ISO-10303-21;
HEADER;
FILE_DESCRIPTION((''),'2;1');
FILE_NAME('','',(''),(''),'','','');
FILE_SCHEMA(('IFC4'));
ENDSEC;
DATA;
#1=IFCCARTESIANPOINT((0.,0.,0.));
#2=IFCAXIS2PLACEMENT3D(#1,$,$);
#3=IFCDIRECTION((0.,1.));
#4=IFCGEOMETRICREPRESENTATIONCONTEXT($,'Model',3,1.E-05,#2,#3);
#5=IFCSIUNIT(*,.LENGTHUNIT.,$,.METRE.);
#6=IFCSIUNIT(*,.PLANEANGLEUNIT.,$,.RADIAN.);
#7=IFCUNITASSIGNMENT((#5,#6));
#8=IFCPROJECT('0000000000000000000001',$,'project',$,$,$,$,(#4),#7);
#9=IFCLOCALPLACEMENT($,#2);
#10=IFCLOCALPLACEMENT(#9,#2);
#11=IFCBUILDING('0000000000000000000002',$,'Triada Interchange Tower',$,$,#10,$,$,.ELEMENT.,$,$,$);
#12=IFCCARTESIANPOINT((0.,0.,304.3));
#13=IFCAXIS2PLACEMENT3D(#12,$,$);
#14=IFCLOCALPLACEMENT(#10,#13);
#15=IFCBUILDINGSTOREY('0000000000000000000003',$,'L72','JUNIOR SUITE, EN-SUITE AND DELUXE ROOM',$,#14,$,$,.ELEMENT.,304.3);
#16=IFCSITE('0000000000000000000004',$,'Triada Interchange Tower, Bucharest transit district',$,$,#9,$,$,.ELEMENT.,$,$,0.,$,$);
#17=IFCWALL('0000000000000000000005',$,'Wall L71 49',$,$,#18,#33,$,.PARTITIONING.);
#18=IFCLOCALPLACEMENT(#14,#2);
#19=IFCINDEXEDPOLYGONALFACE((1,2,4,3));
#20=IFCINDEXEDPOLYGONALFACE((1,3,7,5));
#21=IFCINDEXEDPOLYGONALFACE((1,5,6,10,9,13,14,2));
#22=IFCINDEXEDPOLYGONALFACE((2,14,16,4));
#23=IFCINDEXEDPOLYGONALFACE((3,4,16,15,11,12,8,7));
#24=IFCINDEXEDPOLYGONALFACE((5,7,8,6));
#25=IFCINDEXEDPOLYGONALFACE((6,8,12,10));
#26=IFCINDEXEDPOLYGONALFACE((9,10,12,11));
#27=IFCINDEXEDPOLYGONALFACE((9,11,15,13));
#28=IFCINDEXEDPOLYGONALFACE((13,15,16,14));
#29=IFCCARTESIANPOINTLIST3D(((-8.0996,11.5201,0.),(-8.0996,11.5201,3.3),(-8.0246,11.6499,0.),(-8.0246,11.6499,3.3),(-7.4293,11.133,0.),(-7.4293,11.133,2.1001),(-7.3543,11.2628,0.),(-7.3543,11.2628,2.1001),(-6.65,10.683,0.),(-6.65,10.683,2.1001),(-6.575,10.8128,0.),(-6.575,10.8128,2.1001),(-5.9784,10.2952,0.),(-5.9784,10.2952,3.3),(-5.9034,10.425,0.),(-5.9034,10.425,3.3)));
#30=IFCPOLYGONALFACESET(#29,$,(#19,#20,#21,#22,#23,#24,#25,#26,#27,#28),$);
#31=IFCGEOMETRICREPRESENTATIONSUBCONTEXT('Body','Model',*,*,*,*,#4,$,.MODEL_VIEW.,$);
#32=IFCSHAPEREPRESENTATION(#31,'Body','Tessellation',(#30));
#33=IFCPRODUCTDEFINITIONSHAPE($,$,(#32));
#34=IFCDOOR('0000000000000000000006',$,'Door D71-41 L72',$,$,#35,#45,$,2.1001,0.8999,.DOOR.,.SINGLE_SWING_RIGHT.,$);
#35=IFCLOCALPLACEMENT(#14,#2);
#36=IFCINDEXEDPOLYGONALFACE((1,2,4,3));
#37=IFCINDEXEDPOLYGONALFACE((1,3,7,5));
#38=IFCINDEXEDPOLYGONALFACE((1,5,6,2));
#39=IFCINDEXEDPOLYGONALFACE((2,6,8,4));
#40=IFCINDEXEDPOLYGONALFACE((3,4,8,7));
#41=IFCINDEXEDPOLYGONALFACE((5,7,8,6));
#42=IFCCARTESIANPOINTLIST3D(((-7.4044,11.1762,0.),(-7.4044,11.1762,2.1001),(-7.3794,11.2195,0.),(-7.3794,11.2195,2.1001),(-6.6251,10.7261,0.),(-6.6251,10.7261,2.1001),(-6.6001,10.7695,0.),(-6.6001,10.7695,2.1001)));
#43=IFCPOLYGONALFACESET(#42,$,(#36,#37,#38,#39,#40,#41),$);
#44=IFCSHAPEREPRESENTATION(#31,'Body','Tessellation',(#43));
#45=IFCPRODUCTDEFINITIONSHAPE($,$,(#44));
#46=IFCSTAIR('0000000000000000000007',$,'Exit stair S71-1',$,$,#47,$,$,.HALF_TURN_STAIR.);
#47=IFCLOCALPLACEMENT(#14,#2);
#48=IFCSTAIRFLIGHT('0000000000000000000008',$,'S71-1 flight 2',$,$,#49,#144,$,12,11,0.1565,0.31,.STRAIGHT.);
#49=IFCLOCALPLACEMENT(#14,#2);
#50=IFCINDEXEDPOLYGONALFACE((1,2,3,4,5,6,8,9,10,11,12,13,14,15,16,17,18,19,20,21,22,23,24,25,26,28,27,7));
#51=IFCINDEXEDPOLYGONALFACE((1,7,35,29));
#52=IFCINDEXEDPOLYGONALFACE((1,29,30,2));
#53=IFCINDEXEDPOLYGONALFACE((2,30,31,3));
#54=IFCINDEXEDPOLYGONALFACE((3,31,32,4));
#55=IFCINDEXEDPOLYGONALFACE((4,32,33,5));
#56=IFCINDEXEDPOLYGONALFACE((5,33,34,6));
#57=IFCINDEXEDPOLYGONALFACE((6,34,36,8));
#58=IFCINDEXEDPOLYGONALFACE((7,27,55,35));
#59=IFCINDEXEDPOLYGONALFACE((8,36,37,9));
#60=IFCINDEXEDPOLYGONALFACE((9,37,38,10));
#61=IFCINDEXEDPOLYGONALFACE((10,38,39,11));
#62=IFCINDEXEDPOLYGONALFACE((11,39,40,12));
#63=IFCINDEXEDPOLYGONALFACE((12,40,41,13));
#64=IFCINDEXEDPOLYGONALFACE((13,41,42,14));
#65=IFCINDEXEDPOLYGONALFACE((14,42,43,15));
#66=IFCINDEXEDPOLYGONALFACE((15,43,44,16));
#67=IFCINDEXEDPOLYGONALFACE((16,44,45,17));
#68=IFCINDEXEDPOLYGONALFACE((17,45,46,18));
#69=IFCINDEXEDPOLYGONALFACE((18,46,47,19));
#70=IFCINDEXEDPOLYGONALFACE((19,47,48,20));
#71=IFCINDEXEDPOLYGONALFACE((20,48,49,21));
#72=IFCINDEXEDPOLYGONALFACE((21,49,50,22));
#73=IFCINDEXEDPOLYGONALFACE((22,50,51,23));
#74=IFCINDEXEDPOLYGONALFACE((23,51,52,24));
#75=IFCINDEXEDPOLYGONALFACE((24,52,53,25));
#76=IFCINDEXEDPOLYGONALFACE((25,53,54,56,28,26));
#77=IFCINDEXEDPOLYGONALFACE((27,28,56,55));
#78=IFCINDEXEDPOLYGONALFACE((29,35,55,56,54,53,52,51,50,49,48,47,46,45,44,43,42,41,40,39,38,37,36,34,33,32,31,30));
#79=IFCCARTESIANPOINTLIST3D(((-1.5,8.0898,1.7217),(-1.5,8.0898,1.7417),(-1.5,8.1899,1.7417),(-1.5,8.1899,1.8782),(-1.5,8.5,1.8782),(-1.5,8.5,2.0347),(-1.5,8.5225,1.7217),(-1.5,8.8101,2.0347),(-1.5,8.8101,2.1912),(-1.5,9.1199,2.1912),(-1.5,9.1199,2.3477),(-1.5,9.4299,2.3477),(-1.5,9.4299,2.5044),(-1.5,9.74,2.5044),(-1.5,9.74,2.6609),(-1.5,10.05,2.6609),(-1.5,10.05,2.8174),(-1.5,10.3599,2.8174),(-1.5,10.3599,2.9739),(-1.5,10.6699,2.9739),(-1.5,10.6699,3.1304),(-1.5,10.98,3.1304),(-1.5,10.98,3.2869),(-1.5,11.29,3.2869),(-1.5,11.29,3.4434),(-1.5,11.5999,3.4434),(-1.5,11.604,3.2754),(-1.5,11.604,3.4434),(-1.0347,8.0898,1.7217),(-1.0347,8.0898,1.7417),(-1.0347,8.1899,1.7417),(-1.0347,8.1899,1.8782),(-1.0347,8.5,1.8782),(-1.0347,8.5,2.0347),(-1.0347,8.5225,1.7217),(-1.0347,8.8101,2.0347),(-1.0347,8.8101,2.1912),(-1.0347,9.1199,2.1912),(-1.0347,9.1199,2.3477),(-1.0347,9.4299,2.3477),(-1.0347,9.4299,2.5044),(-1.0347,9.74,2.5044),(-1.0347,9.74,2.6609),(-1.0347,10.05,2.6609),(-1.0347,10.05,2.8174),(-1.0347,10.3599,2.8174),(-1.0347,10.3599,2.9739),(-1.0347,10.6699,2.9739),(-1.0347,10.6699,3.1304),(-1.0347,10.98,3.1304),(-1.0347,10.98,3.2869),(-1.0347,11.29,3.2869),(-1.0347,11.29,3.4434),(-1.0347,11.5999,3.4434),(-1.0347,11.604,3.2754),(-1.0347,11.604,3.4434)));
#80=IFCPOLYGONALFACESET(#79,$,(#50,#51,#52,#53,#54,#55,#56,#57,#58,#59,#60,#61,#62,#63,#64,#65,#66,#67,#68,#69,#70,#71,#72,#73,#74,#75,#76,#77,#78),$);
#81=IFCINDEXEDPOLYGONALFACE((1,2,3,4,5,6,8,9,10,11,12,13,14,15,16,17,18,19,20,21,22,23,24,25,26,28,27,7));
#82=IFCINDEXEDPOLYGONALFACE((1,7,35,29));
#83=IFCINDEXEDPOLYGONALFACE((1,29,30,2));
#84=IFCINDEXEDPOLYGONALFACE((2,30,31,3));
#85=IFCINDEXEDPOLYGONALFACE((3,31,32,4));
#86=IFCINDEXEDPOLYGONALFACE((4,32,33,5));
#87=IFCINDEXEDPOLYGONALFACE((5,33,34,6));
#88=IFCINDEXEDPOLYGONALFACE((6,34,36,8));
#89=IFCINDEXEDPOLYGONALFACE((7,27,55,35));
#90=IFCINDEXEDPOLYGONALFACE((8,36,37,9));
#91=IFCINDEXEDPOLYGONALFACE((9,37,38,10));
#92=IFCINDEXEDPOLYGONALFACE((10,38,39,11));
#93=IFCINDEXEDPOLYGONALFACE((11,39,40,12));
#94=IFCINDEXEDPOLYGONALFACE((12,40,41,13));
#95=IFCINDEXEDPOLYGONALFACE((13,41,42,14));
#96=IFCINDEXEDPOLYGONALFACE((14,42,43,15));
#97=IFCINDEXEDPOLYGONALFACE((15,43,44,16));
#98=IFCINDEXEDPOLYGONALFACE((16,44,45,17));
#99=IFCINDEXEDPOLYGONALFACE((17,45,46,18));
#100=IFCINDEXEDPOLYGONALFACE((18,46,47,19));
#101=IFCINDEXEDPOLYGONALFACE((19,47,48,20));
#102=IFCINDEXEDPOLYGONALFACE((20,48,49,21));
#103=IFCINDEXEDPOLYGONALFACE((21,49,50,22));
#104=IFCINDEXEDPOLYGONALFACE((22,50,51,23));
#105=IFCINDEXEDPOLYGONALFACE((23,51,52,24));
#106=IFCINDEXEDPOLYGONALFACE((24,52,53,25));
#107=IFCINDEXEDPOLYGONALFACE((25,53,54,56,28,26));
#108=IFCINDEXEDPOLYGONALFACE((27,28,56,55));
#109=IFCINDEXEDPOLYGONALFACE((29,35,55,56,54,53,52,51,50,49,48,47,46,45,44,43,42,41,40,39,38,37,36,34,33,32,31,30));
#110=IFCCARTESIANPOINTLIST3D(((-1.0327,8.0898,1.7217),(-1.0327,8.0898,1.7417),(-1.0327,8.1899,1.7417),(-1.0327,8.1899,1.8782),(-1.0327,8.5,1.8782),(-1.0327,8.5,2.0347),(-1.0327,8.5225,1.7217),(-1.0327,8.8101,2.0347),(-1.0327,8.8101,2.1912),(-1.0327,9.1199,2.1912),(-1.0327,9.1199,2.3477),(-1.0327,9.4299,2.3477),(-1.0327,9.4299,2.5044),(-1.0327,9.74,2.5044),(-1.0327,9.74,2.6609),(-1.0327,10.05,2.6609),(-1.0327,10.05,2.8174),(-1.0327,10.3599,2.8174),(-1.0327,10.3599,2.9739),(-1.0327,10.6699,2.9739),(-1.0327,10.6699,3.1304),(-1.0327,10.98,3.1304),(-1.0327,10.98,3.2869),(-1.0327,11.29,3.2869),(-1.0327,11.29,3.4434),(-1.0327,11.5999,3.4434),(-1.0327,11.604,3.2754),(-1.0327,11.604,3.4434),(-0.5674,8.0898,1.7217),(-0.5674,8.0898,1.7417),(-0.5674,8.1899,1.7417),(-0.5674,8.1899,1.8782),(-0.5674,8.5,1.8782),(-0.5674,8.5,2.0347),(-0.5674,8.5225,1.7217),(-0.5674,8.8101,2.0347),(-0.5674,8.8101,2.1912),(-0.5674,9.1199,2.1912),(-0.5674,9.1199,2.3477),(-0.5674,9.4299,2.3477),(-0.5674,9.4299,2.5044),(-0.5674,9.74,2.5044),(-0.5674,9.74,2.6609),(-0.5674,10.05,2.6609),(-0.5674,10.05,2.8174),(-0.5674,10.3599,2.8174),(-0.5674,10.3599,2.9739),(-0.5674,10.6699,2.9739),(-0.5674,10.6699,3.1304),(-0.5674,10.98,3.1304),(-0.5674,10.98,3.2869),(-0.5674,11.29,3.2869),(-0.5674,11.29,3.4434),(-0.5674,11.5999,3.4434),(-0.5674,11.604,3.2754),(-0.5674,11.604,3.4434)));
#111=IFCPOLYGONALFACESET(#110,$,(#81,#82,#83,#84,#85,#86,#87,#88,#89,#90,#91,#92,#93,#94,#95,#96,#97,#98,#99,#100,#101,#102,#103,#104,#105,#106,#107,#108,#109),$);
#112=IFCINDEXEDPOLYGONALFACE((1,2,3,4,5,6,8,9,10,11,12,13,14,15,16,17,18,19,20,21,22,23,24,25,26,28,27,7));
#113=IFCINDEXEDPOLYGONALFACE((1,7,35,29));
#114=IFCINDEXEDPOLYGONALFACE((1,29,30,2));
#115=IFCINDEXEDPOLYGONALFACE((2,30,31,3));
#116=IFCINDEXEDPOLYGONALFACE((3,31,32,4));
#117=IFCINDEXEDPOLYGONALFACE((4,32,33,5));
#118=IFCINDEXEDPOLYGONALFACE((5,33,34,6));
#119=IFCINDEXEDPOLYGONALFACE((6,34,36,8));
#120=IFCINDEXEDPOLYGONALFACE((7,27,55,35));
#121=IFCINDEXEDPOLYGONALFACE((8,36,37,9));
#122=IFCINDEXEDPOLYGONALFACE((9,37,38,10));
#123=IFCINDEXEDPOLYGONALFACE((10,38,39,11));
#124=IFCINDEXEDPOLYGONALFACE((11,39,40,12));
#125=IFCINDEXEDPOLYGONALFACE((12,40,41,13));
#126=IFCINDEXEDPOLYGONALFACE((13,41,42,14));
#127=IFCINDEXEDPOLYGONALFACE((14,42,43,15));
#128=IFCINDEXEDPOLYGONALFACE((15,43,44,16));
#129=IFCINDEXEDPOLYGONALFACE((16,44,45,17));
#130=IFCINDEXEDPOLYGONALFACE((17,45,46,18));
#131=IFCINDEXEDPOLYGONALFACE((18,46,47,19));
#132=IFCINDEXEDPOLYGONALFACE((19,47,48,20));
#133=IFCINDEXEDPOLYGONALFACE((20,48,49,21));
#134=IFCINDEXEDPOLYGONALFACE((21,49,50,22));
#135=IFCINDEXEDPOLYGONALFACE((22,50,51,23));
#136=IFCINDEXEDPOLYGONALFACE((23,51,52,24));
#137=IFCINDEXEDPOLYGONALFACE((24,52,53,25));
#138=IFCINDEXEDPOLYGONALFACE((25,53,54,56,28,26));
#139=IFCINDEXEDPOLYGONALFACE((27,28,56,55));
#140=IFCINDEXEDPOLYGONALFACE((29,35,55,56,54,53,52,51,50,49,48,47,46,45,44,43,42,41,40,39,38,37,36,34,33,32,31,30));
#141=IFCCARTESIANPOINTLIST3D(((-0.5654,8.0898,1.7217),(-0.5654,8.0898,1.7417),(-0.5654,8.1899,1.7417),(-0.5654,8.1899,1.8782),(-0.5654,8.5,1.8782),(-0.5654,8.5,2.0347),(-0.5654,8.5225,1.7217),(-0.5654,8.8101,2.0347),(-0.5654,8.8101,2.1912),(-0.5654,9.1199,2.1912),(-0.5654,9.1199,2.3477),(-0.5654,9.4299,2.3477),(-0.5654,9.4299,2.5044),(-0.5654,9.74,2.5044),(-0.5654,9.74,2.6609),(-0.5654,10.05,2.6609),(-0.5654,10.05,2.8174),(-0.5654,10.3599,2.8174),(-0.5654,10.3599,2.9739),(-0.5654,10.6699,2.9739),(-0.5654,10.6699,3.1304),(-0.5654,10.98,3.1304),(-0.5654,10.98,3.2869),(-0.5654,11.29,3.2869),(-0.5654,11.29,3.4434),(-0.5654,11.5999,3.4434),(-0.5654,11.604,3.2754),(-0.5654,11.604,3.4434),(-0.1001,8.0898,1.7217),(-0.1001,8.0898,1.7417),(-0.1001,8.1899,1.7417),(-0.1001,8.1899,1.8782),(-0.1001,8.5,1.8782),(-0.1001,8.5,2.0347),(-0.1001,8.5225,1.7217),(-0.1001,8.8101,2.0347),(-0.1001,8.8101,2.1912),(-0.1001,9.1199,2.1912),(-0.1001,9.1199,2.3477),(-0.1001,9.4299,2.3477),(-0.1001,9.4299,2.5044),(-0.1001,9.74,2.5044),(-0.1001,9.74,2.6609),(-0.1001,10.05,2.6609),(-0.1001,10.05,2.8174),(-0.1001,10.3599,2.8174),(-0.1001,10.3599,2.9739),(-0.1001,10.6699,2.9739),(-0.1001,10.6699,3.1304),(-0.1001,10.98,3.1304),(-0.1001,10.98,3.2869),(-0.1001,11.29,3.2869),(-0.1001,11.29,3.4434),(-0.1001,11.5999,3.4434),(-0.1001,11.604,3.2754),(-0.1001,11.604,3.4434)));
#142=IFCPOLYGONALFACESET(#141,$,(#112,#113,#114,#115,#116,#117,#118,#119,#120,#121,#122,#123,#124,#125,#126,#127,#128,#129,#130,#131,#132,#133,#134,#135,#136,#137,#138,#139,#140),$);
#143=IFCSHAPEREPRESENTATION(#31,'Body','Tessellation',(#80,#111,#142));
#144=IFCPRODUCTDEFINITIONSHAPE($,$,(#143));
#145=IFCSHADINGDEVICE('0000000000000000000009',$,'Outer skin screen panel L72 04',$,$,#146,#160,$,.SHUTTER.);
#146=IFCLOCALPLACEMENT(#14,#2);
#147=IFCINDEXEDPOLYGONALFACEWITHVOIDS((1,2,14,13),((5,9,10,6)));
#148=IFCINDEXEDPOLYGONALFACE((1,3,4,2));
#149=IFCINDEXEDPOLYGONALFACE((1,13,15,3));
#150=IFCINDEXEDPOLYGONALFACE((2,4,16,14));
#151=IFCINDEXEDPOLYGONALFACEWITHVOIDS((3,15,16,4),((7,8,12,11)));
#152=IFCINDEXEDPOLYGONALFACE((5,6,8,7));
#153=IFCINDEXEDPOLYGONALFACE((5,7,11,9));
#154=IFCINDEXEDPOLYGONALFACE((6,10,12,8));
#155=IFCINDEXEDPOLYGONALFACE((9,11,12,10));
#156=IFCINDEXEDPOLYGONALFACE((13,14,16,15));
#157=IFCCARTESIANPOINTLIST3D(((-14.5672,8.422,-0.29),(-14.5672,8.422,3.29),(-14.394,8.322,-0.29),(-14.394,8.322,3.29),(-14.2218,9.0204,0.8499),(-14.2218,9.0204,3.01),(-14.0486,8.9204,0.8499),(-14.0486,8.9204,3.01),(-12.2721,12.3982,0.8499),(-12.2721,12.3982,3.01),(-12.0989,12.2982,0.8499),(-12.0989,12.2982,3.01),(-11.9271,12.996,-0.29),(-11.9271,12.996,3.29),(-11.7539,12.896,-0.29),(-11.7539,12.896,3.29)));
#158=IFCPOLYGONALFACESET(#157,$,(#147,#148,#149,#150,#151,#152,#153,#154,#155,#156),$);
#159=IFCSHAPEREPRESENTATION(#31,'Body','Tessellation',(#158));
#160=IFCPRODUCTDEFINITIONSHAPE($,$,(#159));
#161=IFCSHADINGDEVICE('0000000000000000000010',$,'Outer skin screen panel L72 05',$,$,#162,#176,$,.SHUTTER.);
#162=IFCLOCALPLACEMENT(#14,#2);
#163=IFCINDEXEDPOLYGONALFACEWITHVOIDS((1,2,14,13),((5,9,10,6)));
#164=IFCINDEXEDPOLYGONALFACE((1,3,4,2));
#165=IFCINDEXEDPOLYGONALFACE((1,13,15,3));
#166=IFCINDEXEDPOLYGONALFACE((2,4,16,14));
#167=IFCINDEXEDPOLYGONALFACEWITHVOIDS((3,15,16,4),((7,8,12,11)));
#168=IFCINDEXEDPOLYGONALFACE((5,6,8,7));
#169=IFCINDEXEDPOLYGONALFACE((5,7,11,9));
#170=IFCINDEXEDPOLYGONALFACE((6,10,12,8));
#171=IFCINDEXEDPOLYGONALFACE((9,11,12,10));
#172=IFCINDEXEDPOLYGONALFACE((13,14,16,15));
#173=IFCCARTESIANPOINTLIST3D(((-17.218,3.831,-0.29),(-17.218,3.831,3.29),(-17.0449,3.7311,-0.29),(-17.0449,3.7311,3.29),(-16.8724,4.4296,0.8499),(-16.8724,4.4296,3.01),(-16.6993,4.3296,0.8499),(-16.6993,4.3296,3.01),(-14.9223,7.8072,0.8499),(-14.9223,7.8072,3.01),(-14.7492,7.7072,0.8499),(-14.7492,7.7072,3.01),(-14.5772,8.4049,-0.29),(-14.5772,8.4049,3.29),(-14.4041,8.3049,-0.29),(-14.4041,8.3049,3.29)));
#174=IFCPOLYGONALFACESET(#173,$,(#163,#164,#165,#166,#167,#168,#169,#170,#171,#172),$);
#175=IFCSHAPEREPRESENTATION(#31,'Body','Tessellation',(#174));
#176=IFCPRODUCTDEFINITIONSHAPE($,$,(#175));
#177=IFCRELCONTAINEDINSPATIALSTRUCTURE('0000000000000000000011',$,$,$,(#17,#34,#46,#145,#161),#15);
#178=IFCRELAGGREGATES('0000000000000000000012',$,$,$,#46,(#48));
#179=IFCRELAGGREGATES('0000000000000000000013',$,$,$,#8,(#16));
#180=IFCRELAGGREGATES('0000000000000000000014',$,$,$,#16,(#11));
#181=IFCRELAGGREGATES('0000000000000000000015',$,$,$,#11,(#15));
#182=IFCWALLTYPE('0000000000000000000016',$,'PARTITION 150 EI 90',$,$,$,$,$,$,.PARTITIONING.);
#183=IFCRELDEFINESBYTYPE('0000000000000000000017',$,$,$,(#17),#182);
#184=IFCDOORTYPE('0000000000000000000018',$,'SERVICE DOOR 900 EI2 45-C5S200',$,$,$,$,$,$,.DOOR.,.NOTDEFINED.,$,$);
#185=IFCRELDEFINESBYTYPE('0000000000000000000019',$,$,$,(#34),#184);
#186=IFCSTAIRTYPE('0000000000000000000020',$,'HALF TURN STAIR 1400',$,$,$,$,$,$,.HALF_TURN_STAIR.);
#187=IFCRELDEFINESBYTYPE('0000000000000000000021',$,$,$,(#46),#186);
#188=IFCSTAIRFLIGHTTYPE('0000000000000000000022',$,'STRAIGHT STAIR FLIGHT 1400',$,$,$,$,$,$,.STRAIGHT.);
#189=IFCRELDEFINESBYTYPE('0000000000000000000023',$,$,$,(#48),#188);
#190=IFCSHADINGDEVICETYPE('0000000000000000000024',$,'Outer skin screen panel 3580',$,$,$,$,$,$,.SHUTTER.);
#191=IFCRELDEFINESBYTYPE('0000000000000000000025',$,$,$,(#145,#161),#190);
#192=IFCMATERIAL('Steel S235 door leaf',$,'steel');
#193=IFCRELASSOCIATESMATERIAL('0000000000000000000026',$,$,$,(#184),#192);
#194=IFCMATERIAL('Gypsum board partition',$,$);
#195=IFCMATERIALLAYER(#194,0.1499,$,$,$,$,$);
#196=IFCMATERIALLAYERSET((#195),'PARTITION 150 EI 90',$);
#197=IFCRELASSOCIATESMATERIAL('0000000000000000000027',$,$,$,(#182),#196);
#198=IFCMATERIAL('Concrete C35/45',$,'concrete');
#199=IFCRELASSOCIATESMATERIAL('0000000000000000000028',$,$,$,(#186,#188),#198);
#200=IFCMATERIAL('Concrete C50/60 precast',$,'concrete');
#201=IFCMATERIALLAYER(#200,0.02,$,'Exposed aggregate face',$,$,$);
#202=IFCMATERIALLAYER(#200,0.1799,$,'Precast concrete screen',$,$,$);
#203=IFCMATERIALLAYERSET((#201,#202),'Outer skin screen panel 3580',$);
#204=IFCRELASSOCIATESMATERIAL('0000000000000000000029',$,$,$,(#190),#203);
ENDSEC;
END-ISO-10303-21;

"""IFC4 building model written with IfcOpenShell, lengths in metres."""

from ifc_helpers import new_model, si_unit, direction, frame, frame_2d, origin, place, context, subcontext, project, spatial, polyline, rectangle, outline, extrude, material, layer, layer_set, type_object, element, fill, aggregate, save


model = new_model("IFC4")

# Units and contexts
model_context = context("Model", 3, precision=1e-05, world=origin(), true_north=direction((0.0, 1.0)))
body_context = subcontext(model_context, "Body", "Model", "MODEL_VIEW")
ifc_project = project(units=[si_unit("LENGTHUNIT", "METRE"), si_unit("PLANEANGLEUNIT", "RADIAN")], contexts=[model_context])

# Site, building, storey
site_placement = place(None, origin())
site = spatial("IfcSite", under=ifc_project, at=site_placement, Name="Triada Interchange Tower, Bucharest transit district", CompositionType="ELEMENT", RefElevation=0.0)
building_placement = place(site_placement, origin())
building = spatial("IfcBuilding", under=site, at=building_placement, Name="Triada Interchange Tower", CompositionType="ELEMENT")
storey_placement = place(building_placement, frame((0.0, 0.0, 304.3)))
storey = spatial("IfcBuildingStorey", under=building, at=storey_placement, Name="L72", Description="JUNIOR SUITE, EN-SUITE AND DELUXE ROOM", CompositionType="ELEMENT", Elevation=304.3)

# Shared definitions
ifc_material_1 = material(Name="Steel S235 door leaf", Category="steel")
door_type_1 = type_object("IfcDoorType", Name="SERVICE DOOR 900 EI2 45-C5S200", OperationType="NOTDEFINED", PredefinedType="DOOR", material=ifc_material_1)

# Shared definitions
ifc_material_2 = material(Name="Gypsum board partition")

# Shared definitions
ifc_layer_1 = layer(ifc_material_2, 0.1499)
ifc_layer_set_1 = layer_set([ifc_layer_1], Name="PARTITION 150 EI 90")
wall_type_1 = type_object("IfcWallType", Name="PARTITION 150 EI 90", PredefinedType="PARTITIONING", material=ifc_layer_set_1)

# Wall, opening, door
wall_1_placement = place(storey_placement, frame((-8.062, 11.585, 0.0), z_axis=(0.0, 0.0, 1.0), x_axis=(0.865983, -0.500073, 0.0)))
wall_1 = element("IfcWall", 1, at=wall_1_placement, inside=storey, type_object=wall_type_1, Name="Wall L71 49", PredefinedType="PARTITIONING", context=body_context, shape_type="SweptSolid", body=[
    extrude(rectangle(XDim=2.4495, YDim=0.1499, at=frame_2d((1.2246, 0.0))), origin(), (0.0, 0.0, 1.0), 3.3),
])
opening_1_placement = place(wall_1_placement, frame((0.7739, 0.0, 0.0)))
opening_1 = element("IfcOpeningElement", 2, at=opening_1_placement, cuts=wall_1, PredefinedType="OPENING", context=body_context, shape_type="SweptSolid", body=[
    extrude(rectangle(XDim=0.8999, YDim=2.1001, at=frame_2d((0.45, 1.05))), frame((0.0, 0.085, 0.0), z_axis=(0.0, -1.0, 0.0), x_axis=(1.0, 0.0, 0.0)), (0.0, 0.0, 1.0), 0.1699),
])
door_1_placement = place(opening_1_placement, origin())
door_1 = element("IfcDoor", 3, at=door_1_placement, inside=storey, type_object=door_type_1, Name="Door D71-41 L72", OperationType="SINGLE_SWING_RIGHT", OverallHeight=2.1001, OverallWidth=0.8999, PredefinedType="DOOR", context=body_context, shape_type="SweptSolid", body=[
    extrude(rectangle(XDim=0.8999, YDim=2.1001, at=frame_2d((0.45, 1.05))), frame((0.0, 0.0249, 0.0), z_axis=(0.0, -1.0, 0.0), x_axis=(1.0, 0.0, 0.0)), (0.0, 0.0, 1.0), 0.05),
])
fill(opening_1, door_1)

# Stair, stair flight
ifc_material_3 = material(Name="Concrete C35/45", Category="concrete")
stair_type = type_object("IfcStairType", Name="HALF TURN STAIR 1400", PredefinedType="HALF_TURN_STAIR", material=ifc_material_3)
stair_placement = place(storey_placement, origin())
stair = element("IfcStair", 4, at=stair_placement, inside=storey, type_object=stair_type, Name="Exit stair S71-1", PredefinedType="HALF_TURN_STAIR")
stair_flight_type = type_object("IfcStairFlightType", Name="STRAIGHT STAIR FLIGHT 1400", PredefinedType="STRAIGHT", material=ifc_material_3)
stair_flight_placement = place(storey_placement, frame((-0.8, 8.1899, 1.7217), z_axis=(0.0, 0.0, 1.0), x_axis=(0.0, 1.0, 0.0)))
stair_flight = element("IfcStairFlight", 5, at=stair_flight_placement, type_object=stair_flight_type, Name="S71-1 flight 2", NumberOfRisers=12, NumberOfTreads=11, PredefinedType="STRAIGHT", RiserHeight=0.1565, TreadLength=0.31, context=body_context, shape_type="SweptSolid", body=[
    extrude(outline(polyline([(-0.1001, 0.0), (-0.1001, 0.02), (0.0, 0.02), (0.0, 0.1565), (0.3101, 0.1565), (0.3101, 0.313), (0.6201, 0.313), (0.6201, 0.4695), (0.9299, 0.4695), (0.9299, 0.626), (1.24, 0.626), (1.24, 0.7827), (1.55, 0.7827), (1.55, 0.9392), (1.8601, 0.9392), (1.8601, 1.0957), (2.1699, 1.0957), (2.1699, 1.2522), (2.48, 1.2522), (2.48, 1.4087), (2.79, 1.4087), (2.79, 1.5652), (3.1001, 1.5652), (3.1001, 1.7217), (3.4099, 1.7217), (3.4141, 1.7217), (3.4141, 1.8782), (3.4141, 1.5537), (0.3325, 0.0), (-0.1001, 0.0)])), frame((0.0, 0.7, 0.0), z_axis=(0.0, -1.0, 0.0), x_axis=(1.0, 0.0, 0.0)), (0.0, 0.0, 1.0), 0.4653),
    extrude(outline(polyline([(-0.1001, 0.0), (-0.1001, 0.02), (0.0, 0.02), (0.0, 0.1565), (0.3101, 0.1565), (0.3101, 0.313), (0.6201, 0.313), (0.6201, 0.4695), (0.9299, 0.4695), (0.9299, 0.626), (1.24, 0.626), (1.24, 0.7827), (1.55, 0.7827), (1.55, 0.9392), (1.8601, 0.9392), (1.8601, 1.0957), (2.1699, 1.0957), (2.1699, 1.2522), (2.48, 1.2522), (2.48, 1.4087), (2.79, 1.4087), (2.79, 1.5652), (3.1001, 1.5652), (3.1001, 1.7217), (3.4099, 1.7217), (3.4141, 1.7217), (3.4141, 1.8782), (3.4141, 1.5537), (0.3325, 0.0), (-0.1001, 0.0)])), frame((0.0, 0.2327, 0.0), z_axis=(0.0, -1.0, 0.0), x_axis=(1.0, 0.0, 0.0)), (0.0, 0.0, 1.0), 0.4653),
    extrude(outline(polyline([(-0.1001, 0.0), (-0.1001, 0.02), (0.0, 0.02), (0.0, 0.1565), (0.3101, 0.1565), (0.3101, 0.313), (0.6201, 0.313), (0.6201, 0.4695), (0.9299, 0.4695), (0.9299, 0.626), (1.24, 0.626), (1.24, 0.7827), (1.55, 0.7827), (1.55, 0.9392), (1.8601, 0.9392), (1.8601, 1.0957), (2.1699, 1.0957), (2.1699, 1.2522), (2.48, 1.2522), (2.48, 1.4087), (2.79, 1.4087), (2.79, 1.5652), (3.1001, 1.5652), (3.1001, 1.7217), (3.4099, 1.7217), (3.4141, 1.7217), (3.4141, 1.8782), (3.4141, 1.5537), (0.3325, 0.0), (-0.1001, 0.0)])), frame((0.0, -0.2346, 0.0), z_axis=(0.0, -1.0, 0.0), x_axis=(1.0, 0.0, 0.0)), (0.0, 0.0, 1.0), 0.4653),
])

# Shading devices
ifc_material_4 = material(Name="Concrete C50/60 precast", Category="concrete")
ifc_layer_2 = layer(ifc_material_4, 0.02, Name="Exposed aggregate face")
ifc_layer_3 = layer(ifc_material_4, 0.1799, Name="Precast concrete screen")
ifc_layer_set_2 = layer_set([ifc_layer_2, ifc_layer_3], Name="Outer skin screen panel 3580")
shading_device_type = type_object("IfcShadingDeviceType", Name="Outer skin screen panel 3580", PredefinedType="SHUTTER", material=ifc_layer_set_2)
shading_device_1_placement = place(storey_placement, frame((-11.7539, 12.896, -0.29), z_axis=(0.0, 0.0, 1.0), x_axis=(-0.499908, -0.866079, 0.0)))
element("IfcShadingDevice", 6, at=shading_device_1_placement, inside=storey, type_object=shading_device_type, Name="Outer skin screen panel L72 04", PredefinedType="SHUTTER", context=body_context, shape_type="SweptSolid", body=[
    extrude(outline(polyline([(0.0, 0.0), (5.2812, 0.0), (5.2812, 3.5801), (0.0, 3.5801), (0.0, 0.0)]), holes=[polyline([(0.6902, 1.1399), (0.6902, 3.3), (4.5903, 3.3), (4.5903, 1.1399), (0.6902, 1.1399)])]), frame((0.0, 0.0, 0.0), z_axis=(0.0, -1.0, 0.0), x_axis=(1.0, 0.0, 0.0)), (0.0, 0.0, 1.0), 0.2),
])
shading_device_2_placement = place(storey_placement, frame((-14.4041, 8.3049, -0.29), z_axis=(0.0, 0.0, 1.0), x_axis=(-0.500012, -0.866019, 0.0)))
element("IfcShadingDevice", 7, at=shading_device_2_placement, inside=storey, type_object=shading_device_type, Name="Outer skin screen panel L72 05", PredefinedType="SHUTTER", context=body_context, shape_type="SweptSolid", body=[
    extrude(outline(polyline([(0.0, 0.0), (5.2815, 0.0), (5.2815, 3.5801), (0.0, 3.5801), (0.0, 0.0)]), holes=[polyline([(0.6902, 1.1399), (0.6902, 3.3), (4.5903, 3.3), (4.5903, 1.1399), (0.6902, 1.1399)])]), frame((0.0, 0.0, 0.0), z_axis=(0.0, -1.0, 0.0), x_axis=(1.0, 0.0, 0.0)), (0.0, 0.0, 1.0), 0.2),
])

aggregate(stair, [stair_flight])

save(model, "model.ifc")
